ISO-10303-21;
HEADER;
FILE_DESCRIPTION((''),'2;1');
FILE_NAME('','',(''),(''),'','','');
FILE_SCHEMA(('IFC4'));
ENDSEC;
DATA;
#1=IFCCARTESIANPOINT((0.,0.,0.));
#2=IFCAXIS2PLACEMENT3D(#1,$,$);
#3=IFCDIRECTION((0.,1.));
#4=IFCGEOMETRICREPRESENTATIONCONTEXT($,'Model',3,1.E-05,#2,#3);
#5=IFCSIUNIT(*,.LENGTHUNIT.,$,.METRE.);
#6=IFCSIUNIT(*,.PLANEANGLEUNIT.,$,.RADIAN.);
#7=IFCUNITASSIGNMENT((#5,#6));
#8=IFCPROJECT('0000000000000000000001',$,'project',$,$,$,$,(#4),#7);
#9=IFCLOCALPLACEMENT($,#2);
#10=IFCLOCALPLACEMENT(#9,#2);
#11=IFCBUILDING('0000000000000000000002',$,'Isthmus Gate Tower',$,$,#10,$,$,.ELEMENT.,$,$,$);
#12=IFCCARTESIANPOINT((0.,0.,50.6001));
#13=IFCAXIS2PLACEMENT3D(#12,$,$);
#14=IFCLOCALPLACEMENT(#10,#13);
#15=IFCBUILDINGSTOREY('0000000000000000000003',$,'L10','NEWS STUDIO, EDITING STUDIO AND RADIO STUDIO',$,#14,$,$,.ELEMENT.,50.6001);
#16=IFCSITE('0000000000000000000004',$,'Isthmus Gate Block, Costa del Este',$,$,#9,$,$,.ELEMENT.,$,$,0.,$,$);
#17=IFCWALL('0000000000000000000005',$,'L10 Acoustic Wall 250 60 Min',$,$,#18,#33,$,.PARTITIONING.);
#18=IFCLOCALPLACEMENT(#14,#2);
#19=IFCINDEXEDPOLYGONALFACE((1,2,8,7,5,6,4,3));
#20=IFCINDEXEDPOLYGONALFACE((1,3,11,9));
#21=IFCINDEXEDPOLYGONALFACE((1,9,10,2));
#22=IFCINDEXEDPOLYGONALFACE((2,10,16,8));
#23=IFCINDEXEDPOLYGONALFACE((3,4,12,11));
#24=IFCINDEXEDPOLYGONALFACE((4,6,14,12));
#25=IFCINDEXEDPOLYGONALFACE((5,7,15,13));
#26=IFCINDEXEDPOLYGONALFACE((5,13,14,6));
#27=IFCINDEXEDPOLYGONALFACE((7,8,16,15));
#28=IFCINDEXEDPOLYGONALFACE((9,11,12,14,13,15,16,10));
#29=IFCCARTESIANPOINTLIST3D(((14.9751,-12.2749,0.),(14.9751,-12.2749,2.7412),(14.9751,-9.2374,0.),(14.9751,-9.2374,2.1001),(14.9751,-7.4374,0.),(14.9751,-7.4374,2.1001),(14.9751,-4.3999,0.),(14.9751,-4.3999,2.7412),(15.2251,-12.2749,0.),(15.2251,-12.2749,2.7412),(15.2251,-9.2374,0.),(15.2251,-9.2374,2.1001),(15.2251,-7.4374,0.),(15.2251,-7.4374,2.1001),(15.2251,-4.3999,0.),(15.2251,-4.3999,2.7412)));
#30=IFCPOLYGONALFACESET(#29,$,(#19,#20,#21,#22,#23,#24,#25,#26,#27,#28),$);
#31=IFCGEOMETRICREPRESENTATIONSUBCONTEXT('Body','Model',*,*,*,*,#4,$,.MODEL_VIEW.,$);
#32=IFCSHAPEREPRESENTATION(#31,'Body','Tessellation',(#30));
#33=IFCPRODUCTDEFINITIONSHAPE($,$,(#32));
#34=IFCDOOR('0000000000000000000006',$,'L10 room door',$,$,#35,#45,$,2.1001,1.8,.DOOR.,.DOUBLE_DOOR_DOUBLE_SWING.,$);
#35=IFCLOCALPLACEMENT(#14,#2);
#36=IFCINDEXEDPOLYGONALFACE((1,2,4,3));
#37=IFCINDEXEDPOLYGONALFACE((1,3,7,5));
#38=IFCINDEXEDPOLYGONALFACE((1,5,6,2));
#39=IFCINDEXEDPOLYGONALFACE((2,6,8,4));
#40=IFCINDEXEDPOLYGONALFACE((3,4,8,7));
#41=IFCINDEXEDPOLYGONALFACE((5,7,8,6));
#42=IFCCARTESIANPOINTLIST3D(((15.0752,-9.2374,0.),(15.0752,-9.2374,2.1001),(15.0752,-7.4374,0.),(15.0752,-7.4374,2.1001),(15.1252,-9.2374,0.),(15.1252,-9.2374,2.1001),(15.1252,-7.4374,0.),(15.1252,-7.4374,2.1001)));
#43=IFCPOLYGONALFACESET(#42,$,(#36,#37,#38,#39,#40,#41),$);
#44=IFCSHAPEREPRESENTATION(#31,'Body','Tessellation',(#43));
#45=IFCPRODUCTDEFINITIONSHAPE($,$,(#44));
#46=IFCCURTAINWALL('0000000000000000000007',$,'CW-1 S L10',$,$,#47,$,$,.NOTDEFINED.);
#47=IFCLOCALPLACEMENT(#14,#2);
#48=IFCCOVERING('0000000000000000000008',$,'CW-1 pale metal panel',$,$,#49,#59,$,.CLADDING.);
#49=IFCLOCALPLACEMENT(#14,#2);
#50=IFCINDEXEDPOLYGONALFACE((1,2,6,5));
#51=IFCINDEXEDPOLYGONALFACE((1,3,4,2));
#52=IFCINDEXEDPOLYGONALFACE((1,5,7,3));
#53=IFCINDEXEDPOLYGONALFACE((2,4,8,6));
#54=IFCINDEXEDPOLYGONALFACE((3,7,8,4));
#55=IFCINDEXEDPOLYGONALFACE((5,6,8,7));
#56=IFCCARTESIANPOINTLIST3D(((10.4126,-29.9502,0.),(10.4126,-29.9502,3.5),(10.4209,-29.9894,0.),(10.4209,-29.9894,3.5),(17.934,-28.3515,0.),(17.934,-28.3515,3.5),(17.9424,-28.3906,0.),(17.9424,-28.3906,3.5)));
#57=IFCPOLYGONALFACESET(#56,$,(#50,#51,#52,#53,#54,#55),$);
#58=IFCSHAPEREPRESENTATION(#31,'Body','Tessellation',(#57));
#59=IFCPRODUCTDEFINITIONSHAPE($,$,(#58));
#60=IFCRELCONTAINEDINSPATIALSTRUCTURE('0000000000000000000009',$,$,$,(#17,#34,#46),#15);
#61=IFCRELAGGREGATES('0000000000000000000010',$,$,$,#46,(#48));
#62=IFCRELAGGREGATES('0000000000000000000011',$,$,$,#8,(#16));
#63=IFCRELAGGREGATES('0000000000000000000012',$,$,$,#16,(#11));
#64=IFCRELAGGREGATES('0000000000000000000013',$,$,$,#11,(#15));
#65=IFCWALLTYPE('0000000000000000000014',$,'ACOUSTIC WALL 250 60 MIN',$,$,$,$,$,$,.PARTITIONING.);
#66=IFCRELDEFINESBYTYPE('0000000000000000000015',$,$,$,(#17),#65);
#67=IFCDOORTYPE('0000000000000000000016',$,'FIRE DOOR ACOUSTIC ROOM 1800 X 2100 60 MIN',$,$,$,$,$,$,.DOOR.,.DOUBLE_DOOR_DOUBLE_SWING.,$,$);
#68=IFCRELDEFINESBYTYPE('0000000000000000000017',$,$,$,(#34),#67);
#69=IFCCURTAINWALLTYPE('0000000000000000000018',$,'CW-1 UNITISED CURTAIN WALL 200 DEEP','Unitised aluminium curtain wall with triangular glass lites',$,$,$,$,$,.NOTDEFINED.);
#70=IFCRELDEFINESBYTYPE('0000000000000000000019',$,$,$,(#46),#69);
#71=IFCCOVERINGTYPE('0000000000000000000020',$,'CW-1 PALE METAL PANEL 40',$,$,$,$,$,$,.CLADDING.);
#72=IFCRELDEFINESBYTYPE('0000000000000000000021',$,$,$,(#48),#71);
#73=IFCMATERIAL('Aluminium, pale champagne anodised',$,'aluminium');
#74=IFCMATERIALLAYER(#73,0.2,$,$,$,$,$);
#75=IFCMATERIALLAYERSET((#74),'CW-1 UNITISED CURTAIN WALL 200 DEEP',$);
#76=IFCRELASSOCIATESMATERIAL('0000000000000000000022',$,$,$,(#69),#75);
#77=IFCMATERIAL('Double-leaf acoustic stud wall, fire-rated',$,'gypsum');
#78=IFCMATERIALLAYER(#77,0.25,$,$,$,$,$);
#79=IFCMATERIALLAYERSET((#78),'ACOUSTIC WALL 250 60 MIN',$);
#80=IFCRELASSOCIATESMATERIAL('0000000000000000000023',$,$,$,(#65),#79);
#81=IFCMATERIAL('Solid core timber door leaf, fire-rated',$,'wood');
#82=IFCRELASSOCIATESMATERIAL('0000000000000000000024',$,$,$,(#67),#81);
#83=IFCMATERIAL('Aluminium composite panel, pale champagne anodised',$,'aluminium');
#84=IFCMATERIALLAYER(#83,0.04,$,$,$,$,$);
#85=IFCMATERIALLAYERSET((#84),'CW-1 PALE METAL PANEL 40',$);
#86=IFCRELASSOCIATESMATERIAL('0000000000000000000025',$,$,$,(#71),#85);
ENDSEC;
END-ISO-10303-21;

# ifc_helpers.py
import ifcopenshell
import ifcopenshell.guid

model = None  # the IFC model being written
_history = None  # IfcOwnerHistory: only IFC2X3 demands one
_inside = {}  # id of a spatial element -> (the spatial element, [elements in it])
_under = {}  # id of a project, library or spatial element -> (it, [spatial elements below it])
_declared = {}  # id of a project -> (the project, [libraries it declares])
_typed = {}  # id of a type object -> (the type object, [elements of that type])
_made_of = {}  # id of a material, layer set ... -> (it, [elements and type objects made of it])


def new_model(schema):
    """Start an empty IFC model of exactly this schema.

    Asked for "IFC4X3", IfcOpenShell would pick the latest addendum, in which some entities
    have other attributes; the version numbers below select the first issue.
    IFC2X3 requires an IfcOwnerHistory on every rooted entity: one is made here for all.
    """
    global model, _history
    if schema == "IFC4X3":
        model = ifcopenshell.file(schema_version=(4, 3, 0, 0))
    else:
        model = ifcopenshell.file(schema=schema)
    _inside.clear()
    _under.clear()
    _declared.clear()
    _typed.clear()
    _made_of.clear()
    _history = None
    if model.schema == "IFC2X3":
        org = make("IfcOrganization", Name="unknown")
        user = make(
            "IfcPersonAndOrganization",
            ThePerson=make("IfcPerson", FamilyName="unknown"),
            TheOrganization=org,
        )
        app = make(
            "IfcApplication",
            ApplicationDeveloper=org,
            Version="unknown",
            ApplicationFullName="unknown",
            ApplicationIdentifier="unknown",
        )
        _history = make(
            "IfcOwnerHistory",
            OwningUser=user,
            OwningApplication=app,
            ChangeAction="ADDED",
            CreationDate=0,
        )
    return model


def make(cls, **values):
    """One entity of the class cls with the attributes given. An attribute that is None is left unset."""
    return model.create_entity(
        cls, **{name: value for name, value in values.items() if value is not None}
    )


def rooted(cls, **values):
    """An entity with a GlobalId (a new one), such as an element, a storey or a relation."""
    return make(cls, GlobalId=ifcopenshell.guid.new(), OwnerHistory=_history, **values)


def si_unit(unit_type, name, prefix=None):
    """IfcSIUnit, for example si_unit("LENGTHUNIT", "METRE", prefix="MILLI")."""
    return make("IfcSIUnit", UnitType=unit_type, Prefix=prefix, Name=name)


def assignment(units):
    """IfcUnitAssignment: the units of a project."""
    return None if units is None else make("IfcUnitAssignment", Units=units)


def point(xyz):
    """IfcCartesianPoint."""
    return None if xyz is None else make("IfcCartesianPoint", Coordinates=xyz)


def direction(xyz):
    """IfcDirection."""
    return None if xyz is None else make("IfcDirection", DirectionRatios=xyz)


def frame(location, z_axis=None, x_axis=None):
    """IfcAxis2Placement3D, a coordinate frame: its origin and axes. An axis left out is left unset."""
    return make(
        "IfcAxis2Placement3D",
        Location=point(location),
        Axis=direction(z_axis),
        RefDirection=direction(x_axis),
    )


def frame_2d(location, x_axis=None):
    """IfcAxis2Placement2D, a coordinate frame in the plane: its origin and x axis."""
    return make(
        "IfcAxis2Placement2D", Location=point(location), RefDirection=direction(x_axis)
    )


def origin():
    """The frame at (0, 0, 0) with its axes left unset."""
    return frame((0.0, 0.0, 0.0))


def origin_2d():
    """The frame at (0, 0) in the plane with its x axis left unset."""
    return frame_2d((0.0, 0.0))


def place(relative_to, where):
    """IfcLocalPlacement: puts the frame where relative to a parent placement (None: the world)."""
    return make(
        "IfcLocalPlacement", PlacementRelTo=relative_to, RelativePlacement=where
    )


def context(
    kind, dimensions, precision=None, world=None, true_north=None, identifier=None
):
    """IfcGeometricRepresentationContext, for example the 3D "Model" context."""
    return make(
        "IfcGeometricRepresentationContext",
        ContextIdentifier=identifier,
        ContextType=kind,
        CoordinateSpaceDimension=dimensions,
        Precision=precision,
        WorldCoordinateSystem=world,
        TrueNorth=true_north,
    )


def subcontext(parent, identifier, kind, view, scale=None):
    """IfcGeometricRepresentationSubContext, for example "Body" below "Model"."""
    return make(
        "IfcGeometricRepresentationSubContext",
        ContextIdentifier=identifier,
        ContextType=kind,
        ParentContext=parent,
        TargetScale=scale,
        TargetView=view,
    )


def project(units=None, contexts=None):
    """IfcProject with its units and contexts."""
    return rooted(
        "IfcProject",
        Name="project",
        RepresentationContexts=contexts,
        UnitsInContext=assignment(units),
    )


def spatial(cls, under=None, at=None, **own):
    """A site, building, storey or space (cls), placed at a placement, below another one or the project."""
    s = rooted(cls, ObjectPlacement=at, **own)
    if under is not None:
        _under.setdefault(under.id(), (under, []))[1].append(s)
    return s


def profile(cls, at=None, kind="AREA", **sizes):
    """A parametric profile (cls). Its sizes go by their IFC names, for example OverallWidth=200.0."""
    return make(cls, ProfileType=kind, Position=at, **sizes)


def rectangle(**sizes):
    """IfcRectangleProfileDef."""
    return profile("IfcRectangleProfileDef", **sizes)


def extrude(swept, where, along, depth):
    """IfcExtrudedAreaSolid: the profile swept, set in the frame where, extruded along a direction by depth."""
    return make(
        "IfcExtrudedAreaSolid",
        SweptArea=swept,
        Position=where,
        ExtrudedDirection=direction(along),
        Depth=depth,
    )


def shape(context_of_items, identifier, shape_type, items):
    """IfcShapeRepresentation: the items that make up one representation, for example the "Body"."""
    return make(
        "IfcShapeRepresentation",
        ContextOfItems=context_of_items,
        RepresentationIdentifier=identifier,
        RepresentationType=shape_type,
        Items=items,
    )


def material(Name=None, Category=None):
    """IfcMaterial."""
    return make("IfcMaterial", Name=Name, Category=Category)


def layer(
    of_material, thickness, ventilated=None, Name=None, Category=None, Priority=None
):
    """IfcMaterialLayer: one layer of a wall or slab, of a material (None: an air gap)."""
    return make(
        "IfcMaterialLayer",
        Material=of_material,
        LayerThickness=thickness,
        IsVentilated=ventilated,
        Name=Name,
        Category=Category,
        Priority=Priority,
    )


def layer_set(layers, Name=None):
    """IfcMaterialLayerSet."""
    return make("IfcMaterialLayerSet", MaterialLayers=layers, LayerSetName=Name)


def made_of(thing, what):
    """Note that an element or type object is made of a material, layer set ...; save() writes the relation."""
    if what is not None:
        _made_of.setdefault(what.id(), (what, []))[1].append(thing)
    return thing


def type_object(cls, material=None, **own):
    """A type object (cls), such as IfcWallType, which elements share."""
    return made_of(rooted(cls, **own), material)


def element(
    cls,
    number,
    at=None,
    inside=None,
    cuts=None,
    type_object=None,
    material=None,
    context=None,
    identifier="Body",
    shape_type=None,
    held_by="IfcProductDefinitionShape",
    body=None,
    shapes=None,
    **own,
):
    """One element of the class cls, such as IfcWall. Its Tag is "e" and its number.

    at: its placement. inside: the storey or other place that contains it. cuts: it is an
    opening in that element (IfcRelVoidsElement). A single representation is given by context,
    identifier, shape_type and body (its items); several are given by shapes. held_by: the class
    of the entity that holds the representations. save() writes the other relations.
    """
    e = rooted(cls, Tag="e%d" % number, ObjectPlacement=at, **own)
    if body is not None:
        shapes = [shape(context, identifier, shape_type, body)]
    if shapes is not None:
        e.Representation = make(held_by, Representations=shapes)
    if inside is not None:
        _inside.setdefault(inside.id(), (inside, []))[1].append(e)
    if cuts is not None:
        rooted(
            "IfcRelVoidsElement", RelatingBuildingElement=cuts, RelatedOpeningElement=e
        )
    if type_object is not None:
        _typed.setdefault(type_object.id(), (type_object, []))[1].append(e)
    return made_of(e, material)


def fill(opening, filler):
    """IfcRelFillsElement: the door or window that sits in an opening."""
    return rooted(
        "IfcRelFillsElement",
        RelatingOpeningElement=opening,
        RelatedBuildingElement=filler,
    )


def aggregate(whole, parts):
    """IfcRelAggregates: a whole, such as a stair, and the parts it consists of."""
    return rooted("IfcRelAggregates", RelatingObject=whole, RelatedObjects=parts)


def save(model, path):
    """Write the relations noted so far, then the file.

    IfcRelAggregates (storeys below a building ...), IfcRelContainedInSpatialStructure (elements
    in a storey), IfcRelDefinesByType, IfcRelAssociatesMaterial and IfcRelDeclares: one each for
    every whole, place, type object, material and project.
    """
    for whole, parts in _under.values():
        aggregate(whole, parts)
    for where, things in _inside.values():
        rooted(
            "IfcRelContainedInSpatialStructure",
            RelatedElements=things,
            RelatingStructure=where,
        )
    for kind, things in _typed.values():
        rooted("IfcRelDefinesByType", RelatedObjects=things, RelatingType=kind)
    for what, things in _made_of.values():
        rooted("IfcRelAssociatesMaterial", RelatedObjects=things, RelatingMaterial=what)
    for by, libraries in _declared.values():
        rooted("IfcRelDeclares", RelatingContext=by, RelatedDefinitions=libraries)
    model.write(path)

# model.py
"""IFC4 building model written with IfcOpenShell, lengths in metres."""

from ifc_helpers import new_model, si_unit, direction, frame, frame_2d, origin, origin_2d, place, context, subcontext, project, spatial, rectangle, extrude, material, layer, layer_set, type_object, element, fill, aggregate, save


model = new_model("IFC4")

# Units and contexts
model_context = context("Model", 3, precision=1e-05, world=origin(), true_north=direction((0.0, 1.0)))
body_context = subcontext(model_context, "Body", "Model", "MODEL_VIEW")
ifc_project = project(units=[si_unit("LENGTHUNIT", "METRE"), si_unit("PLANEANGLEUNIT", "RADIAN")], contexts=[model_context])

# Site, building, storey
site_placement = place(None, origin())
site = spatial("IfcSite", under=ifc_project, at=site_placement, Name="Isthmus Gate Block, Costa del Este", CompositionType="ELEMENT", RefElevation=0.0)
building_placement = place(site_placement, origin())
building = spatial("IfcBuilding", under=site, at=building_placement, Name="Isthmus Gate Tower", CompositionType="ELEMENT")
storey_placement = place(building_placement, frame((0.0, 0.0, 50.6001)))
storey = spatial("IfcBuildingStorey", under=building, at=storey_placement, Name="L10", Description="NEWS STUDIO, EDITING STUDIO AND RADIO STUDIO", CompositionType="ELEMENT", Elevation=50.6001)

# Shared definitions
ifc_material_1 = material(Name="Aluminium, pale champagne anodised", Category="aluminium")
ifc_layer_1 = layer(ifc_material_1, 0.2)
ifc_layer_set_1 = layer_set([ifc_layer_1], Name="CW-1 UNITISED CURTAIN WALL 200 DEEP")
curtain_wall_type = type_object("IfcCurtainWallType", Name="CW-1 UNITISED CURTAIN WALL 200 DEEP", Description="Unitised aluminium curtain wall with triangular glass lites", PredefinedType="NOTDEFINED", material=ifc_layer_set_1)

# Shared definitions
ifc_material_2 = material(Name="Double-leaf acoustic stud wall, fire-rated", Category="gypsum")
ifc_layer_2 = layer(ifc_material_2, 0.25)
ifc_layer_set_2 = layer_set([ifc_layer_2], Name="ACOUSTIC WALL 250 60 MIN")
wall_type = type_object("IfcWallType", Name="ACOUSTIC WALL 250 60 MIN", PredefinedType="PARTITIONING", material=ifc_layer_set_2)

# Wall, opening, door
wall_1_placement = place(storey_placement, frame((15.1001, -12.2749, 0.0), z_axis=(0.0, 0.0, 1.0), x_axis=(0.0, 1.0, 0.0)))
wall_1 = element("IfcWall", 1, at=wall_1_placement, inside=storey, type_object=wall_type, Name="L10 Acoustic Wall 250 60 Min", PredefinedType="PARTITIONING", context=body_context, shape_type="SweptSolid", body=[
    extrude(rectangle(XDim=7.875, YDim=0.25, at=frame_2d((3.9375, 0.0))), origin(), (0.0, 0.0, 1.0), 2.7412),
])
opening_placement = place(wall_1_placement, frame((3.0376, 0.0, 0.0)))
opening = element("IfcOpeningElement", 2, at=opening_placement, cuts=wall_1, PredefinedType="OPENING", context=body_context, shape_type="SweptSolid", body=[
    extrude(rectangle(XDim=1.8, YDim=2.1001, at=frame_2d((0.8999, 1.05))), frame((0.0, 0.135, 0.0), z_axis=(0.0, -1.0, 0.0), x_axis=(1.0, 0.0, 0.0)), (0.0, 0.0, 1.0), 0.27),
])
ifc_material_3 = material(Name="Solid core timber door leaf, fire-rated", Category="wood")
door_type = type_object("IfcDoorType", Name="FIRE DOOR ACOUSTIC ROOM 1800 X 2100 60 MIN", OperationType="DOUBLE_DOOR_DOUBLE_SWING", PredefinedType="DOOR", material=ifc_material_3)
door_placement = place(opening_placement, origin())
door = element("IfcDoor", 3, at=door_placement, inside=storey, type_object=door_type, Name="L10 room door", OperationType="DOUBLE_DOOR_DOUBLE_SWING", OverallHeight=2.1001, OverallWidth=1.8, PredefinedType="DOOR", context=body_context, shape_type="SweptSolid", body=[
    extrude(rectangle(XDim=1.8, YDim=2.1001, at=frame_2d((0.8999, 1.05))), frame((0.0, 0.0249, 0.0), z_axis=(0.0, -1.0, 0.0), x_axis=(1.0, 0.0, 0.0)), (0.0, 0.0, 1.0), 0.05),
])
fill(opening, door)

# Curtain wall, covering
curtain_wall_1_placement = place(storey_placement, origin())
curtain_wall_1 = element("IfcCurtainWall", 4, at=curtain_wall_1_placement, inside=storey, type_object=curtain_wall_type, Name="CW-1 S L10", PredefinedType="NOTDEFINED")
ifc_material_4 = material(Name="Aluminium composite panel, pale champagne anodised", Category="aluminium")
ifc_layer_3 = layer(ifc_material_4, 0.04)
ifc_layer_set_3 = layer_set([ifc_layer_3], Name="CW-1 PALE METAL PANEL 40")
covering_type = type_object("IfcCoveringType", Name="CW-1 PALE METAL PANEL 40", PredefinedType="CLADDING", material=ifc_layer_set_3)
covering_placement = place(storey_placement, frame((14.1775, -29.1704, 0.0), z_axis=(0.0, 0.0, 1.0), x_axis=(0.978148, 0.207912, 0.0)))
covering = element("IfcCovering", 5, at=covering_placement, type_object=covering_type, Name="CW-1 pale metal panel", PredefinedType="CLADDING", context=body_context, shape_type="SweptSolid", body=[
    extrude(rectangle(XDim=7.6895, YDim=0.04, at=origin_2d()), origin(), (0.0, 0.0, 1.0), 3.5),
])
aggregate(curtain_wall_1, [covering])

save(model, "model.ifc")
